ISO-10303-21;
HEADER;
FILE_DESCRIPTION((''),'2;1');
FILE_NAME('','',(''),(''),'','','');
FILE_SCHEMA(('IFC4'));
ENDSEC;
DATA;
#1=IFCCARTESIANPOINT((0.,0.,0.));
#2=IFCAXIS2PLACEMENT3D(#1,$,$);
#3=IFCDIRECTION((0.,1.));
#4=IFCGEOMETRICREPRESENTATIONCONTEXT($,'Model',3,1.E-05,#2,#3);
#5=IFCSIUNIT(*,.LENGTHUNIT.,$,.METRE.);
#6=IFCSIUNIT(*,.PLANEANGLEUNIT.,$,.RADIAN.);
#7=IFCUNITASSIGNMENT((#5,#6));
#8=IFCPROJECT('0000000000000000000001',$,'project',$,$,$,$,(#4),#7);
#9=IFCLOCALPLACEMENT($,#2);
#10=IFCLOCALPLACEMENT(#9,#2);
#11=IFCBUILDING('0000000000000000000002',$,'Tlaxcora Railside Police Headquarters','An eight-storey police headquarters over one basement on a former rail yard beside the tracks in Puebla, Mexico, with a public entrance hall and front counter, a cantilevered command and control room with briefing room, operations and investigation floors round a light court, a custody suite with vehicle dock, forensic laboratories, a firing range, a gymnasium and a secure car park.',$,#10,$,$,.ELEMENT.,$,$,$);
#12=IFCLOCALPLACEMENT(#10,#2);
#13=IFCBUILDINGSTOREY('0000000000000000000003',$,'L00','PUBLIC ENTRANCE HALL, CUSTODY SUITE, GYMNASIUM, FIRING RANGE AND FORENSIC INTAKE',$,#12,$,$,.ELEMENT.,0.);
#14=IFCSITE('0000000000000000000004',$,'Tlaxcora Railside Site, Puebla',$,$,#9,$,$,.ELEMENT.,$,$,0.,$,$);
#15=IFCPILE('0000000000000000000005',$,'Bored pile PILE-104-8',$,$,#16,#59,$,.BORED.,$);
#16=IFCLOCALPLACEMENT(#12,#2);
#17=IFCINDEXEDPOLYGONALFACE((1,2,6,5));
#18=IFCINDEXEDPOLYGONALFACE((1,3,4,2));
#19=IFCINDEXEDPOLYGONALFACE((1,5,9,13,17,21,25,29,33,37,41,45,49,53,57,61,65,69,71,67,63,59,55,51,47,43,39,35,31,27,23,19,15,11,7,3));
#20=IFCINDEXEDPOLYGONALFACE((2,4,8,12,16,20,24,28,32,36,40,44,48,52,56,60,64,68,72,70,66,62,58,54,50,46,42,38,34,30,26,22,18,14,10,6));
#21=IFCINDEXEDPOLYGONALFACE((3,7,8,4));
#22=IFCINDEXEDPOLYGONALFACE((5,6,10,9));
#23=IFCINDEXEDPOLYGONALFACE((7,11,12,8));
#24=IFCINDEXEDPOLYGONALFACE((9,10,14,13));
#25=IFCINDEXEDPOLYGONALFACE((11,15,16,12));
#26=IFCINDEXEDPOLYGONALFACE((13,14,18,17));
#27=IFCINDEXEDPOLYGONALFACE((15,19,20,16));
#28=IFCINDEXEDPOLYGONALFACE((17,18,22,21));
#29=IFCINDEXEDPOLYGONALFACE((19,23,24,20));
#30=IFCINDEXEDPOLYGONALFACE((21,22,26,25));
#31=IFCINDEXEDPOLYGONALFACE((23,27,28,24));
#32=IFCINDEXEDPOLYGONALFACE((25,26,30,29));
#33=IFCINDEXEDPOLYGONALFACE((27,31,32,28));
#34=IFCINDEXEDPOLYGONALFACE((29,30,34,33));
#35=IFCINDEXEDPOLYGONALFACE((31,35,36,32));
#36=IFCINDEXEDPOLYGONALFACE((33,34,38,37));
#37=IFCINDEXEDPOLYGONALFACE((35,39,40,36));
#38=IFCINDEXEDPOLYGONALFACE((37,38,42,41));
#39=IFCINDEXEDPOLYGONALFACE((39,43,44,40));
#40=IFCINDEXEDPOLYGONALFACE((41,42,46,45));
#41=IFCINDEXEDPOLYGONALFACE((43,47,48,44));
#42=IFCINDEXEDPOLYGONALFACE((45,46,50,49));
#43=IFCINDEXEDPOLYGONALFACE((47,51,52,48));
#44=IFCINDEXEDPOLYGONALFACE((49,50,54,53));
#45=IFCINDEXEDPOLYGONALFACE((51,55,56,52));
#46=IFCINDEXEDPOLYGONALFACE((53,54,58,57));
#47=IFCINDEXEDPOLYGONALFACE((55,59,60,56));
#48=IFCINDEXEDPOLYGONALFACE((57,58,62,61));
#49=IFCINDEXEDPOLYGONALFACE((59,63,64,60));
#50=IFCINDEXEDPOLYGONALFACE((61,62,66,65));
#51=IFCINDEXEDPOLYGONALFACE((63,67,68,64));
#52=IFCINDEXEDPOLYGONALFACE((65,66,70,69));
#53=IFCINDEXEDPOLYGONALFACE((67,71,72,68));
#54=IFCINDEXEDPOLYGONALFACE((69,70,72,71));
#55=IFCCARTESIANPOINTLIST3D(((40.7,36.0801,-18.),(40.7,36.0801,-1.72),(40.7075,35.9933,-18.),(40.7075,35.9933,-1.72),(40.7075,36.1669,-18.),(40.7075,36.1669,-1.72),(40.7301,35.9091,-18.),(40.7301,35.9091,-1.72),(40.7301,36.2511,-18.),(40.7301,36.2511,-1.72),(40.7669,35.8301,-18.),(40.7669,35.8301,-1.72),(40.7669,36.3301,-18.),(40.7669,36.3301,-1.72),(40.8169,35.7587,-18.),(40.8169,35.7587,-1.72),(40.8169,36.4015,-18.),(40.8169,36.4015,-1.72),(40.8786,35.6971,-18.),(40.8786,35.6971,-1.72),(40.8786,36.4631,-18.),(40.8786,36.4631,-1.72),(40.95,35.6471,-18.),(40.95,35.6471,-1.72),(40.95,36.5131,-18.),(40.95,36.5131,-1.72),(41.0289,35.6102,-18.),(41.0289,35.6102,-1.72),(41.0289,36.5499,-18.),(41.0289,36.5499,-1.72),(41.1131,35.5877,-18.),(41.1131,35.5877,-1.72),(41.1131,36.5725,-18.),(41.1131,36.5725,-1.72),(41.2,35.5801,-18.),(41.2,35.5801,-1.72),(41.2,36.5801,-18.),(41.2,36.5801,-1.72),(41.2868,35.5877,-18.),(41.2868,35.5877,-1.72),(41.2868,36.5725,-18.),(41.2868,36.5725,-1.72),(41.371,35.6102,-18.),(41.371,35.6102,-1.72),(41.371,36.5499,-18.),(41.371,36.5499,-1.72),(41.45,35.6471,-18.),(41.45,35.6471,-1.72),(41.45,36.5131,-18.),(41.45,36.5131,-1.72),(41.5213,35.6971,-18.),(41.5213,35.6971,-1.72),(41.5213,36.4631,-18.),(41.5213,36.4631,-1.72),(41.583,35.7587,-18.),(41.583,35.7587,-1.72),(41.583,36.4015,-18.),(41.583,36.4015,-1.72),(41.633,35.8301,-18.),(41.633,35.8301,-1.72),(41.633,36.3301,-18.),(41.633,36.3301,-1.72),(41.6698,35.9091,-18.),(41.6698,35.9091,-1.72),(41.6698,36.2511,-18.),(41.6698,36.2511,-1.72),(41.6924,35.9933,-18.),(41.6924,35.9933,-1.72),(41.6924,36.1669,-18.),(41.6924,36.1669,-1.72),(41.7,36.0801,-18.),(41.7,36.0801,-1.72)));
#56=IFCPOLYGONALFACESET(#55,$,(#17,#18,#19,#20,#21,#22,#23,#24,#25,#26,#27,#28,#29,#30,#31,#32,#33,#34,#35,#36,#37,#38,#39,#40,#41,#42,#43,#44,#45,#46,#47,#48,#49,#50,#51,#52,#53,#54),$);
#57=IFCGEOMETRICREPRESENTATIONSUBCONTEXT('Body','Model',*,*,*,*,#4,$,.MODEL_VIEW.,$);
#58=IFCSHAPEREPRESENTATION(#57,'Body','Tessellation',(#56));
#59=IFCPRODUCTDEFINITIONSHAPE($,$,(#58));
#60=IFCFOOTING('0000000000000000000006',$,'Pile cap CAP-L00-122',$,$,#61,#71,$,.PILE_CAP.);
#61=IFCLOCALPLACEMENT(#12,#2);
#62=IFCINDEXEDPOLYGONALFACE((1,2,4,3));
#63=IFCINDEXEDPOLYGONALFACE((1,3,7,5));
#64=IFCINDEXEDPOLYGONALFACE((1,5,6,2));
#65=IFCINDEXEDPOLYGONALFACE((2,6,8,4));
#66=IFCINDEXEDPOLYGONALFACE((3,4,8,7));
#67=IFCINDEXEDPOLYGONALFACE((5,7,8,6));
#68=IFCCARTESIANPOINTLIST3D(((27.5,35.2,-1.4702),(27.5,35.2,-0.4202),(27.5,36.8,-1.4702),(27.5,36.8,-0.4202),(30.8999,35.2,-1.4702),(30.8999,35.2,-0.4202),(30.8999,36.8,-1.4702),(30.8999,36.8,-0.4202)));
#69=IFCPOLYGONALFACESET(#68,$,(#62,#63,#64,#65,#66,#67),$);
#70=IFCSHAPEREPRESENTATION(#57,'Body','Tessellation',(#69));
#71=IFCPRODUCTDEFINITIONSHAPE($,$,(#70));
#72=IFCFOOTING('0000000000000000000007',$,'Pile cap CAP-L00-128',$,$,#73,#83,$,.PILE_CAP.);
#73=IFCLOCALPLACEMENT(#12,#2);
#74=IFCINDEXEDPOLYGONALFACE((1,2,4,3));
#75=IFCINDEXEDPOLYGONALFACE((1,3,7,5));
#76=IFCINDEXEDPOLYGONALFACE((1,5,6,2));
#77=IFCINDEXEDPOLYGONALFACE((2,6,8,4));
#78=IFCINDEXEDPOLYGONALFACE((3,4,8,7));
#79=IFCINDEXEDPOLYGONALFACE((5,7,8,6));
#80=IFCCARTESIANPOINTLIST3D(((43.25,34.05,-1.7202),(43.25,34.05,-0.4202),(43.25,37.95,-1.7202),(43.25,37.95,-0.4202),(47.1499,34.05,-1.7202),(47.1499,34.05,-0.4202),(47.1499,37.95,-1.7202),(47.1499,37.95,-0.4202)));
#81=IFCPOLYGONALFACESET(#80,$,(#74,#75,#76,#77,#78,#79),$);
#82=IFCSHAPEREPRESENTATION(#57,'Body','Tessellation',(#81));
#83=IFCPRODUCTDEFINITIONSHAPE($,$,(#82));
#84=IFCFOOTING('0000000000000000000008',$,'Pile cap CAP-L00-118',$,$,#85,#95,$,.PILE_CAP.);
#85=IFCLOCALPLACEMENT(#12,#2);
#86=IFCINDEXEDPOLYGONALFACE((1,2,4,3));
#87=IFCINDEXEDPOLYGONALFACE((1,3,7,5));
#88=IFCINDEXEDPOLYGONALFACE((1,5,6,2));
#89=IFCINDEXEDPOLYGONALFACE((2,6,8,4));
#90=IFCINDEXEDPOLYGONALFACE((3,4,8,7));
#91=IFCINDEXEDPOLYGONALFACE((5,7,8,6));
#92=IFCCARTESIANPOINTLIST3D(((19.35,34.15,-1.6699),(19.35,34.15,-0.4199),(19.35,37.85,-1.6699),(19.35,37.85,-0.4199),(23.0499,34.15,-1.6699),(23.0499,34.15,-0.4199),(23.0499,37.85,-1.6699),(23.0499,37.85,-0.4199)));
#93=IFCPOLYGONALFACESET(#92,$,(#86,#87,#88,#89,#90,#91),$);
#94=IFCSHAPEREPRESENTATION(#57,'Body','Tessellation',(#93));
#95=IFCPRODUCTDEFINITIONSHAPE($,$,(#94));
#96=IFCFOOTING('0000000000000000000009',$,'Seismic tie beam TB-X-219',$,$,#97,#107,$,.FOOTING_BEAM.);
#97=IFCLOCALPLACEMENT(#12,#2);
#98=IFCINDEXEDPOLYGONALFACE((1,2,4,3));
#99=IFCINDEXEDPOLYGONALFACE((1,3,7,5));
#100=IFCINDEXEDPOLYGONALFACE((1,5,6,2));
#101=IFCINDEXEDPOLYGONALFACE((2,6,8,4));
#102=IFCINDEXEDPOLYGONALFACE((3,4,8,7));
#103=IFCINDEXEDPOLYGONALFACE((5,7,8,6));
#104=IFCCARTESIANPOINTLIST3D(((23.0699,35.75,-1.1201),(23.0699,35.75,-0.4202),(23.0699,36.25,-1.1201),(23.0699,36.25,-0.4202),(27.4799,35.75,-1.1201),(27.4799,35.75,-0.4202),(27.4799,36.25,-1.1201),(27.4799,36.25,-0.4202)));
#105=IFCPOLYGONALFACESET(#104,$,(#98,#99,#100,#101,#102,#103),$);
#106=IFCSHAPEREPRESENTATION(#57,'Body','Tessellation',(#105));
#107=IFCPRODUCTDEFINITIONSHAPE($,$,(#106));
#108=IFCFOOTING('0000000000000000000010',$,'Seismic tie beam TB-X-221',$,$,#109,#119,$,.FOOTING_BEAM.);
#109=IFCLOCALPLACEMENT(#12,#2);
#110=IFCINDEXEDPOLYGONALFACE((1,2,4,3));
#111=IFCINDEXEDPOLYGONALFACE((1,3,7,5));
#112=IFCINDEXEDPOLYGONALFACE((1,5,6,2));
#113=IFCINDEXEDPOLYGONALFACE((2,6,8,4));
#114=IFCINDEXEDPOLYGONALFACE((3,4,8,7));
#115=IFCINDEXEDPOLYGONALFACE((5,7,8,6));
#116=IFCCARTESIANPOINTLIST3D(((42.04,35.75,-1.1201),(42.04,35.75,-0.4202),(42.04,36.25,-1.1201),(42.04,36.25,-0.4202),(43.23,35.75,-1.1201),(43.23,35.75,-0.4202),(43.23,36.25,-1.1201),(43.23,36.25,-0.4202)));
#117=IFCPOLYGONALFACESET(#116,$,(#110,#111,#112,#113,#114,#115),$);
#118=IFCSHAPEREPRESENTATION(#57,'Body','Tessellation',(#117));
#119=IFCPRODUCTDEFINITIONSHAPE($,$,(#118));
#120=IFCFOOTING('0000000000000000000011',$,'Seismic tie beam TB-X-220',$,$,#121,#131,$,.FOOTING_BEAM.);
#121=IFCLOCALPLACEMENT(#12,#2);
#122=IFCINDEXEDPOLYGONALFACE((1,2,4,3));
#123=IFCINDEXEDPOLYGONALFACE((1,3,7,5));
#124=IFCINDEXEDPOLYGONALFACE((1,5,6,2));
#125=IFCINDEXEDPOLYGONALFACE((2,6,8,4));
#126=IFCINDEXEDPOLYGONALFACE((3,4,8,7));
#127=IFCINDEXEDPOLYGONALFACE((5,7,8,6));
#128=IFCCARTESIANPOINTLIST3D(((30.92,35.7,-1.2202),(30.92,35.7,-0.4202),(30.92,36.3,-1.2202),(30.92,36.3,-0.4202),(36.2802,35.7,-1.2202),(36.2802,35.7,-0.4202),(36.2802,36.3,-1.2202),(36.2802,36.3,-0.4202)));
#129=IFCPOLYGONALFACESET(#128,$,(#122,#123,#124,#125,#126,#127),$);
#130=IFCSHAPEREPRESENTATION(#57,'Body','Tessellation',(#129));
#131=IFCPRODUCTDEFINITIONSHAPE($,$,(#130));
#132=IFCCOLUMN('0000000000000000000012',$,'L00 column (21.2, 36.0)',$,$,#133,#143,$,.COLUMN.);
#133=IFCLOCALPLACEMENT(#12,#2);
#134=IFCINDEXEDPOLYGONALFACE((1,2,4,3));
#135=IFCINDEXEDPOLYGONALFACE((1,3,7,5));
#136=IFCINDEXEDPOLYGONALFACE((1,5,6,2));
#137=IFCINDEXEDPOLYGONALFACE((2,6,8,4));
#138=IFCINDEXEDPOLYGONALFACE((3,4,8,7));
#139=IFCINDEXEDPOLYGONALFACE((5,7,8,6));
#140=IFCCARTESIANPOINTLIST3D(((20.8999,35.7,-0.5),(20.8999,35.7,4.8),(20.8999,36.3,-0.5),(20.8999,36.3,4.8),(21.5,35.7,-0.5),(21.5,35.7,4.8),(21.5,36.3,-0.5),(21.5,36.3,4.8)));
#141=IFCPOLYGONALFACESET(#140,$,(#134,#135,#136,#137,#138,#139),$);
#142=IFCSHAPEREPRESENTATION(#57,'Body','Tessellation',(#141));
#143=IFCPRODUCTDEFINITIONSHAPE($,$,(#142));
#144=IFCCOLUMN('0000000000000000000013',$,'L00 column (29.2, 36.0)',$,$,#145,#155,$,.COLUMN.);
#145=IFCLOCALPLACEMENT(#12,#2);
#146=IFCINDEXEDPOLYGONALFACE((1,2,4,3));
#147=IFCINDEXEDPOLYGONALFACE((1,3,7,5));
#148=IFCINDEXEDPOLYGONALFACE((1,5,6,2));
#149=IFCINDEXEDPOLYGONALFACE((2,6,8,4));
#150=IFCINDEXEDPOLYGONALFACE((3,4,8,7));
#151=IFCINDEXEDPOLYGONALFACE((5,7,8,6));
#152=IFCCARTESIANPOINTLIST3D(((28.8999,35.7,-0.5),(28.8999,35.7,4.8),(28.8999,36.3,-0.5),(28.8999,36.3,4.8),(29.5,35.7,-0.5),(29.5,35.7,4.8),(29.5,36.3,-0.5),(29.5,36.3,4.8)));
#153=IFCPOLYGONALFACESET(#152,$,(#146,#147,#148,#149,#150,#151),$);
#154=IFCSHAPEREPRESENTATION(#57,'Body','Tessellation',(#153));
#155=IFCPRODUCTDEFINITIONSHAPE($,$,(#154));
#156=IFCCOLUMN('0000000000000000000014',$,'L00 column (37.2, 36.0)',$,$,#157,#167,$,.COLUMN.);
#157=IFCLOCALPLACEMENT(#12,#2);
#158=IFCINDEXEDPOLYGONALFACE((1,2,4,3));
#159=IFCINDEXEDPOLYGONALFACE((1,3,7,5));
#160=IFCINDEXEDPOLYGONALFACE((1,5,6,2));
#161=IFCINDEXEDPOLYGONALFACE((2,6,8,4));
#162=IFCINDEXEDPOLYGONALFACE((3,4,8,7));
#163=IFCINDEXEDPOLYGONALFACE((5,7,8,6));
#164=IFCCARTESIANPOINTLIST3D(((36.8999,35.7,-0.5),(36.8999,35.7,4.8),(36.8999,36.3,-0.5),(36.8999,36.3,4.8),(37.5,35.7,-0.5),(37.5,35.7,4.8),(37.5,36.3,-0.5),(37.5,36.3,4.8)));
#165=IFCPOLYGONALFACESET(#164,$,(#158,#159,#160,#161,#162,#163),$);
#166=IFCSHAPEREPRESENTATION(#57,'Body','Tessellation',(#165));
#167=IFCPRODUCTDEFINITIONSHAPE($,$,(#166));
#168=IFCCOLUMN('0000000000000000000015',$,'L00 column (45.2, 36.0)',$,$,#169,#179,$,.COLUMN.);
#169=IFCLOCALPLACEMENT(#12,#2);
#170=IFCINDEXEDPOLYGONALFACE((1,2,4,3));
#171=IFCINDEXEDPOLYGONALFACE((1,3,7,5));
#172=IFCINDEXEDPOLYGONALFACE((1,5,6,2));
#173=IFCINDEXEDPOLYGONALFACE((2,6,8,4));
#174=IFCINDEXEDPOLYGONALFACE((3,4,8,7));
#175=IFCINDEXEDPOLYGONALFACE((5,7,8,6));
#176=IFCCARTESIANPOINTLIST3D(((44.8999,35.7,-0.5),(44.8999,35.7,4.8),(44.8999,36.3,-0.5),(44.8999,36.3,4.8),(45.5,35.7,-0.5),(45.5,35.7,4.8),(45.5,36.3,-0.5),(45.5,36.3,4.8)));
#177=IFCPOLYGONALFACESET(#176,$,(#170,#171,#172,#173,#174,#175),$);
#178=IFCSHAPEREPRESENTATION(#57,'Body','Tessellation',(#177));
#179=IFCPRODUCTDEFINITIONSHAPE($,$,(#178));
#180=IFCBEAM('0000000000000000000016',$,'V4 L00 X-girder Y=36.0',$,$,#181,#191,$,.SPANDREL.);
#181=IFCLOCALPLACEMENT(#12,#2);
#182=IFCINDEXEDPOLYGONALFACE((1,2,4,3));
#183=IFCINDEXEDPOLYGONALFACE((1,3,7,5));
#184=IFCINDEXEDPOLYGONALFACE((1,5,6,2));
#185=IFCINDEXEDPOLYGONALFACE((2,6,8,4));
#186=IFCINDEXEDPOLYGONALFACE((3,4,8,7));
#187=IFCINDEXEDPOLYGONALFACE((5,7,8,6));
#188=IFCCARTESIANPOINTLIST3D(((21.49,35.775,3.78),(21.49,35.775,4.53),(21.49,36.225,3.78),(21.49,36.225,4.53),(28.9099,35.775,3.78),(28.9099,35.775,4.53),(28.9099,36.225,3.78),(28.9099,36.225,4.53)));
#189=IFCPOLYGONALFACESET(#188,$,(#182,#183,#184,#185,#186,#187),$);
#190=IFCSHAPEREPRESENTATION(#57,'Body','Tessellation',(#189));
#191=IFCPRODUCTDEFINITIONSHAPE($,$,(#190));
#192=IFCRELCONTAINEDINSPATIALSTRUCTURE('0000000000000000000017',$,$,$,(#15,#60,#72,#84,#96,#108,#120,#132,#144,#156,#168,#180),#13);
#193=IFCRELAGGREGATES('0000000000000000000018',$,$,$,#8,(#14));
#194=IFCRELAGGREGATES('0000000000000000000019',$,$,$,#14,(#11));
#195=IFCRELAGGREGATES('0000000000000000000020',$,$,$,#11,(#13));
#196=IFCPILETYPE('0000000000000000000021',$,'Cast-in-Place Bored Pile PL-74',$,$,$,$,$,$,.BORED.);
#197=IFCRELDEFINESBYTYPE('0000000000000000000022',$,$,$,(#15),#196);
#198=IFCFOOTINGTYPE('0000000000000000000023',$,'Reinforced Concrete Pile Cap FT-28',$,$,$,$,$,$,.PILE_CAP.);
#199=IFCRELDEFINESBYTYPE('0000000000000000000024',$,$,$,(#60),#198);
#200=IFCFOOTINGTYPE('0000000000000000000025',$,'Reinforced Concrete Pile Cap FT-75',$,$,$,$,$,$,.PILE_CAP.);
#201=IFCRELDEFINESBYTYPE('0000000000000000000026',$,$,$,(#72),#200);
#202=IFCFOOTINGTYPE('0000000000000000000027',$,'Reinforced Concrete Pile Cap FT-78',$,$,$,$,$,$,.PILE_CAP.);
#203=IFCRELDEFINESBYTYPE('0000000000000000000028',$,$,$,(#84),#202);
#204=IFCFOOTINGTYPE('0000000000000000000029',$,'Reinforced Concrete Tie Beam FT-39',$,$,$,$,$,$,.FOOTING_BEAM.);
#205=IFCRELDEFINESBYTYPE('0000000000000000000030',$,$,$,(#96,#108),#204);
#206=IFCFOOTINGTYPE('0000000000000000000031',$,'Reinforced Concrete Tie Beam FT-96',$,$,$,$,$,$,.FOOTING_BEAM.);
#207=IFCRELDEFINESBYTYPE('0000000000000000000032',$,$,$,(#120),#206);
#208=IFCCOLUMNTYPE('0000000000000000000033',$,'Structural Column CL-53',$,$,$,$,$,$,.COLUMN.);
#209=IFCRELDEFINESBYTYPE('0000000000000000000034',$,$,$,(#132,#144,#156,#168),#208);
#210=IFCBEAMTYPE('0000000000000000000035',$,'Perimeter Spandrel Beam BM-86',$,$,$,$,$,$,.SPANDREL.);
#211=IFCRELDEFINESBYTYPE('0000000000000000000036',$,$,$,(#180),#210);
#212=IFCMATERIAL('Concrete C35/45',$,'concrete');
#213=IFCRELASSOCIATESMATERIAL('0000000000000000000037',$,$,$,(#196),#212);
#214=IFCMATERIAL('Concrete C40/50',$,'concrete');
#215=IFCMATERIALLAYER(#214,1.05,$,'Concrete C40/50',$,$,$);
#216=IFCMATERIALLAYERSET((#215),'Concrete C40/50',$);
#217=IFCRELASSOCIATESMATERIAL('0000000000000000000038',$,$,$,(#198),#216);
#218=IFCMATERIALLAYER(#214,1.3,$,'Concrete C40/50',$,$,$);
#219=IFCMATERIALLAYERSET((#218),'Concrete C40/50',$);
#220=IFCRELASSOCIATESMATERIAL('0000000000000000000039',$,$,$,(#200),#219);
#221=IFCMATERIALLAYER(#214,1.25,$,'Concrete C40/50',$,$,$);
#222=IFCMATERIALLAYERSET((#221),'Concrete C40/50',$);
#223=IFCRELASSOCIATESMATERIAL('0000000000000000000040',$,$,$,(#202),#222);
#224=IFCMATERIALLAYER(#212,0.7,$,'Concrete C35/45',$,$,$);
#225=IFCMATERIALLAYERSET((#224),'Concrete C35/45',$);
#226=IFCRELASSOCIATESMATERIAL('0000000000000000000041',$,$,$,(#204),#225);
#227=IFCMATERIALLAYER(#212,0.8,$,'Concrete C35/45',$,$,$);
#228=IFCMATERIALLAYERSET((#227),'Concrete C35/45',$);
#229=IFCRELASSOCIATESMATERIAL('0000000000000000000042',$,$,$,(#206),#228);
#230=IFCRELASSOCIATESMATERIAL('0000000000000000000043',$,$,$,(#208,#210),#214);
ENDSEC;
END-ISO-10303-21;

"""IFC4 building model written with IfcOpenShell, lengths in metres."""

from ifc_helpers import new_model, si_unit, direction, frame, origin, origin_2d, place, context, subcontext, project, spatial, rectangle, circle, extrude, material, layer, layer_set, material_profile, profile_set, type_object, element, save


model = new_model("IFC4")

# Units and contexts
model_context = context("Model", 3, precision=1e-05, world=origin(), true_north=direction((0.0, 1.0)))
body_context = subcontext(model_context, "Body", "Model", "MODEL_VIEW")
ifc_project = project(units=[si_unit("LENGTHUNIT", "METRE"), si_unit("PLANEANGLEUNIT", "RADIAN")], contexts=[model_context])

# Site, building, storey
site_placement = place(None, origin())
site = spatial("IfcSite", under=ifc_project, at=site_placement, Name="Tlaxcora Railside Site, Puebla", CompositionType="ELEMENT", RefElevation=0.0)
building_placement = place(site_placement, origin())
building = spatial("IfcBuilding", under=site, at=building_placement, Name="Tlaxcora Railside Police Headquarters", Description="An eight-storey police headquarters over one basement on a former rail yard beside the tracks in Puebla, Mexico, with a public entrance hall and front counter, a cantilevered command and control room with briefing room, operations and investigation floors round a light court, a custody suite with vehicle dock, forensic laboratories, a firing range, a gymnasium and a secure car park.", CompositionType="ELEMENT")
storey_placement = place(building_placement, origin())
storey = spatial("IfcBuildingStorey", under=building, at=storey_placement, Name="L00", Description="PUBLIC ENTRANCE HALL, CUSTODY SUITE, GYMNASIUM, FIRING RANGE AND FORENSIC INTAKE", CompositionType="ELEMENT", Elevation=0.0)

# Pile
ifc_material_1 = material(Name="Concrete C35/45", Category="concrete")
ifc_material_profile_1 = material_profile(ifc_material_1, circle(Radius=0.5, at=origin_2d()), Name="PILE1000")
ifc_profile_set_1 = profile_set([ifc_material_profile_1], Name="Concrete C35/45")
pile_type_1 = type_object("IfcPileType", Name="Cast-in-Place Bored Pile PL-74", PredefinedType="BORED", material=ifc_profile_set_1)
for number, where, z_axis, x_axis, name in (
    (1, (41.2, 36.0801, -1.72), (0.0, 0.0, -1.0), (1.0, 0.0, 0.0), "Bored pile PILE-104-8"),
):
    element("IfcPile", number, at=place(storey_placement, frame(where, z_axis=z_axis, x_axis=x_axis)), inside=storey, type_object=pile_type_1, Name=name, PredefinedType="BORED", context=body_context, shape_type="SweptSolid", body=[
        extrude(circle(Radius=0.5, at=origin_2d()), origin(), (0.0, 0.0, 1.0), 16.28),
    ])

# Footings
ifc_material_2 = material(Name="Concrete C40/50", Category="concrete")
ifc_layer_1 = layer(ifc_material_2, 1.05, Name="Concrete C40/50")
ifc_layer_set_1 = layer_set([ifc_layer_1], Name="Concrete C40/50")
footing_type_1 = type_object("IfcFootingType", Name="Reinforced Concrete Pile Cap FT-28", PredefinedType="PILE_CAP", material=ifc_layer_set_1)
footing_1_placement = place(storey_placement, frame((29.2, 36.0, -1.4702), z_axis=(0.0, 0.0, 1.0), x_axis=(1.0, 0.0, 0.0)))
element("IfcFooting", 2, at=footing_1_placement, inside=storey, type_object=footing_type_1, Name="Pile cap CAP-L00-122", PredefinedType="PILE_CAP", context=body_context, shape_type="SweptSolid", body=[
    extrude(rectangle(XDim=3.3999, YDim=1.6001, at=origin_2d()), origin(), (0.0, 0.0, 1.0), 1.05),
])
ifc_layer_2 = layer(ifc_material_2, 1.3, Name="Concrete C40/50")
ifc_layer_set_2 = layer_set([ifc_layer_2], Name="Concrete C40/50")
footing_type_2 = type_object("IfcFootingType", Name="Reinforced Concrete Pile Cap FT-75", PredefinedType="PILE_CAP", material=ifc_layer_set_2)
footing_2_placement = place(storey_placement, frame((45.2, 36.0, -1.7202), z_axis=(0.0, 0.0, 1.0), x_axis=(1.0, 0.0, 0.0)))
element("IfcFooting", 3, at=footing_2_placement, inside=storey, type_object=footing_type_2, Name="Pile cap CAP-L00-128", PredefinedType="PILE_CAP", context=body_context, shape_type="SweptSolid", body=[
    extrude(rectangle(XDim=3.8999, YDim=3.8999, at=origin_2d()), origin(), (0.0, 0.0, 1.0), 1.3),
])
ifc_layer_3 = layer(ifc_material_2, 1.25, Name="Concrete C40/50")
ifc_layer_set_3 = layer_set([ifc_layer_3], Name="Concrete C40/50")
footing_type_3 = type_object("IfcFootingType", Name="Reinforced Concrete Pile Cap FT-78", PredefinedType="PILE_CAP", material=ifc_layer_set_3)
footing_3_placement = place(storey_placement, frame((21.2, 36.0, -1.6699), z_axis=(0.0, 0.0, 1.0), x_axis=(1.0, 0.0, 0.0)))
element("IfcFooting", 4, at=footing_3_placement, inside=storey, type_object=footing_type_3, Name="Pile cap CAP-L00-118", PredefinedType="PILE_CAP", context=body_context, shape_type="SweptSolid", body=[
    extrude(rectangle(XDim=3.7, YDim=3.7, at=origin_2d()), origin(), (0.0, 0.0, 1.0), 1.25),
])
ifc_layer_4 = layer(ifc_material_1, 0.7, Name="Concrete C35/45")
ifc_layer_set_4 = layer_set([ifc_layer_4], Name="Concrete C35/45")
footing_type_4 = type_object("IfcFootingType", Name="Reinforced Concrete Tie Beam FT-39", PredefinedType="FOOTING_BEAM", material=ifc_layer_set_4)
footing_4_placement = place(storey_placement, frame((25.2749, 36.0, -1.1201), z_axis=(0.0, 0.0, 1.0), x_axis=(1.0, 0.0, 0.0)))
element("IfcFooting", 5, at=footing_4_placement, inside=storey, type_object=footing_type_4, Name="Seismic tie beam TB-X-219", PredefinedType="FOOTING_BEAM", context=body_context, shape_type="SweptSolid", body=[
    extrude(rectangle(XDim=4.4099, YDim=0.5, at=origin_2d()), origin(), (0.0, 0.0, 1.0), 0.7),
])
footing_5_placement = place(storey_placement, frame((42.635, 36.0, -1.1201), z_axis=(0.0, 0.0, 1.0), x_axis=(1.0, 0.0, 0.0)))
element("IfcFooting", 6, at=footing_5_placement, inside=storey, type_object=footing_type_4, Name="Seismic tie beam TB-X-221", PredefinedType="FOOTING_BEAM", context=body_context, shape_type="SweptSolid", body=[
    extrude(rectangle(XDim=1.1899, YDim=0.5, at=origin_2d()), origin(), (0.0, 0.0, 1.0), 0.7),
])
ifc_layer_5 = layer(ifc_material_1, 0.8, Name="Concrete C35/45")
ifc_layer_set_5 = layer_set([ifc_layer_5], Name="Concrete C35/45")
footing_type_5 = type_object("IfcFootingType", Name="Reinforced Concrete Tie Beam FT-96", PredefinedType="FOOTING_BEAM", material=ifc_layer_set_5)
footing_6_placement = place(storey_placement, frame((33.6001, 36.0, -1.2202), z_axis=(0.0, 0.0, 1.0), x_axis=(1.0, 0.0, 0.0)))
element("IfcFooting", 7, at=footing_6_placement, inside=storey, type_object=footing_type_5, Name="Seismic tie beam TB-X-220", PredefinedType="FOOTING_BEAM", context=body_context, shape_type="SweptSolid", body=[
    extrude(rectangle(XDim=5.3601, YDim=0.6001, at=origin_2d()), origin(), (0.0, 0.0, 1.0), 0.8),
])

# Columns
ifc_material_profile_2 = material_profile(ifc_material_2, rectangle(XDim=0.6001, YDim=0.6001, at=origin_2d()), Name="RC600X600")
ifc_profile_set_2 = profile_set([ifc_material_profile_2], Name="Concrete C40/50")
column_type = type_object("IfcColumnType", Name="Structural Column CL-53", PredefinedType="COLUMN", material=ifc_profile_set_2)
for number, where, z_axis, x_axis, name in (
    (8, (21.2, 36.0, -0.5), (0.0, 0.0, 1.0), (1.0, 0.0, 0.0), "L00 column (21.2, 36.0)"),
    (9, (29.2, 36.0, -0.5), (0.0, 0.0, 1.0), (1.0, 0.0, 0.0), "L00 column (29.2, 36.0)"),
    (10, (37.2, 36.0, -0.5), (0.0, 0.0, 1.0), (1.0, 0.0, 0.0), "L00 column (37.2, 36.0)"),
    (11, (45.2, 36.0, -0.5), (0.0, 0.0, 1.0), (1.0, 0.0, 0.0), "L00 column (45.2, 36.0)"),
):
    element("IfcColumn", number, at=place(storey_placement, frame(where, z_axis=z_axis, x_axis=x_axis)), inside=storey, type_object=column_type, Name=name, PredefinedType="COLUMN", context=body_context, shape_type="SweptSolid", body=[
        extrude(rectangle(XDim=0.6001, YDim=0.6001, at=origin_2d()), origin(), (0.0, 0.0, 1.0), 5.3),
    ])

# Beam
ifc_material_profile_3 = material_profile(ifc_material_2, rectangle(XDim=0.45, YDim=0.75, at=origin_2d()), Name="RC450X750")
ifc_profile_set_3 = profile_set([ifc_material_profile_3], Name="Concrete C40/50")
beam_type = type_object("IfcBeamType", Name="Perimeter Spandrel Beam BM-86", PredefinedType="SPANDREL", material=ifc_profile_set_3)
for number, where, z_axis, x_axis, name in (
    (12, (21.49, 36.0, 4.155), (1.0, 0.0, 0.0), (0.0, 1.0, 0.0), "V4 L00 X-girder Y=36.0"),
):
    element("IfcBeam", number, at=place(storey_placement, frame(where, z_axis=z_axis, x_axis=x_axis)), inside=storey, type_object=beam_type, Name=name, PredefinedType="SPANDREL", context=body_context, shape_type="SweptSolid", body=[
        extrude(rectangle(XDim=0.45, YDim=0.75, at=origin_2d()), origin(), (0.0, 0.0, 1.0), 7.4199),
    ])

save(model, "model.ifc")
